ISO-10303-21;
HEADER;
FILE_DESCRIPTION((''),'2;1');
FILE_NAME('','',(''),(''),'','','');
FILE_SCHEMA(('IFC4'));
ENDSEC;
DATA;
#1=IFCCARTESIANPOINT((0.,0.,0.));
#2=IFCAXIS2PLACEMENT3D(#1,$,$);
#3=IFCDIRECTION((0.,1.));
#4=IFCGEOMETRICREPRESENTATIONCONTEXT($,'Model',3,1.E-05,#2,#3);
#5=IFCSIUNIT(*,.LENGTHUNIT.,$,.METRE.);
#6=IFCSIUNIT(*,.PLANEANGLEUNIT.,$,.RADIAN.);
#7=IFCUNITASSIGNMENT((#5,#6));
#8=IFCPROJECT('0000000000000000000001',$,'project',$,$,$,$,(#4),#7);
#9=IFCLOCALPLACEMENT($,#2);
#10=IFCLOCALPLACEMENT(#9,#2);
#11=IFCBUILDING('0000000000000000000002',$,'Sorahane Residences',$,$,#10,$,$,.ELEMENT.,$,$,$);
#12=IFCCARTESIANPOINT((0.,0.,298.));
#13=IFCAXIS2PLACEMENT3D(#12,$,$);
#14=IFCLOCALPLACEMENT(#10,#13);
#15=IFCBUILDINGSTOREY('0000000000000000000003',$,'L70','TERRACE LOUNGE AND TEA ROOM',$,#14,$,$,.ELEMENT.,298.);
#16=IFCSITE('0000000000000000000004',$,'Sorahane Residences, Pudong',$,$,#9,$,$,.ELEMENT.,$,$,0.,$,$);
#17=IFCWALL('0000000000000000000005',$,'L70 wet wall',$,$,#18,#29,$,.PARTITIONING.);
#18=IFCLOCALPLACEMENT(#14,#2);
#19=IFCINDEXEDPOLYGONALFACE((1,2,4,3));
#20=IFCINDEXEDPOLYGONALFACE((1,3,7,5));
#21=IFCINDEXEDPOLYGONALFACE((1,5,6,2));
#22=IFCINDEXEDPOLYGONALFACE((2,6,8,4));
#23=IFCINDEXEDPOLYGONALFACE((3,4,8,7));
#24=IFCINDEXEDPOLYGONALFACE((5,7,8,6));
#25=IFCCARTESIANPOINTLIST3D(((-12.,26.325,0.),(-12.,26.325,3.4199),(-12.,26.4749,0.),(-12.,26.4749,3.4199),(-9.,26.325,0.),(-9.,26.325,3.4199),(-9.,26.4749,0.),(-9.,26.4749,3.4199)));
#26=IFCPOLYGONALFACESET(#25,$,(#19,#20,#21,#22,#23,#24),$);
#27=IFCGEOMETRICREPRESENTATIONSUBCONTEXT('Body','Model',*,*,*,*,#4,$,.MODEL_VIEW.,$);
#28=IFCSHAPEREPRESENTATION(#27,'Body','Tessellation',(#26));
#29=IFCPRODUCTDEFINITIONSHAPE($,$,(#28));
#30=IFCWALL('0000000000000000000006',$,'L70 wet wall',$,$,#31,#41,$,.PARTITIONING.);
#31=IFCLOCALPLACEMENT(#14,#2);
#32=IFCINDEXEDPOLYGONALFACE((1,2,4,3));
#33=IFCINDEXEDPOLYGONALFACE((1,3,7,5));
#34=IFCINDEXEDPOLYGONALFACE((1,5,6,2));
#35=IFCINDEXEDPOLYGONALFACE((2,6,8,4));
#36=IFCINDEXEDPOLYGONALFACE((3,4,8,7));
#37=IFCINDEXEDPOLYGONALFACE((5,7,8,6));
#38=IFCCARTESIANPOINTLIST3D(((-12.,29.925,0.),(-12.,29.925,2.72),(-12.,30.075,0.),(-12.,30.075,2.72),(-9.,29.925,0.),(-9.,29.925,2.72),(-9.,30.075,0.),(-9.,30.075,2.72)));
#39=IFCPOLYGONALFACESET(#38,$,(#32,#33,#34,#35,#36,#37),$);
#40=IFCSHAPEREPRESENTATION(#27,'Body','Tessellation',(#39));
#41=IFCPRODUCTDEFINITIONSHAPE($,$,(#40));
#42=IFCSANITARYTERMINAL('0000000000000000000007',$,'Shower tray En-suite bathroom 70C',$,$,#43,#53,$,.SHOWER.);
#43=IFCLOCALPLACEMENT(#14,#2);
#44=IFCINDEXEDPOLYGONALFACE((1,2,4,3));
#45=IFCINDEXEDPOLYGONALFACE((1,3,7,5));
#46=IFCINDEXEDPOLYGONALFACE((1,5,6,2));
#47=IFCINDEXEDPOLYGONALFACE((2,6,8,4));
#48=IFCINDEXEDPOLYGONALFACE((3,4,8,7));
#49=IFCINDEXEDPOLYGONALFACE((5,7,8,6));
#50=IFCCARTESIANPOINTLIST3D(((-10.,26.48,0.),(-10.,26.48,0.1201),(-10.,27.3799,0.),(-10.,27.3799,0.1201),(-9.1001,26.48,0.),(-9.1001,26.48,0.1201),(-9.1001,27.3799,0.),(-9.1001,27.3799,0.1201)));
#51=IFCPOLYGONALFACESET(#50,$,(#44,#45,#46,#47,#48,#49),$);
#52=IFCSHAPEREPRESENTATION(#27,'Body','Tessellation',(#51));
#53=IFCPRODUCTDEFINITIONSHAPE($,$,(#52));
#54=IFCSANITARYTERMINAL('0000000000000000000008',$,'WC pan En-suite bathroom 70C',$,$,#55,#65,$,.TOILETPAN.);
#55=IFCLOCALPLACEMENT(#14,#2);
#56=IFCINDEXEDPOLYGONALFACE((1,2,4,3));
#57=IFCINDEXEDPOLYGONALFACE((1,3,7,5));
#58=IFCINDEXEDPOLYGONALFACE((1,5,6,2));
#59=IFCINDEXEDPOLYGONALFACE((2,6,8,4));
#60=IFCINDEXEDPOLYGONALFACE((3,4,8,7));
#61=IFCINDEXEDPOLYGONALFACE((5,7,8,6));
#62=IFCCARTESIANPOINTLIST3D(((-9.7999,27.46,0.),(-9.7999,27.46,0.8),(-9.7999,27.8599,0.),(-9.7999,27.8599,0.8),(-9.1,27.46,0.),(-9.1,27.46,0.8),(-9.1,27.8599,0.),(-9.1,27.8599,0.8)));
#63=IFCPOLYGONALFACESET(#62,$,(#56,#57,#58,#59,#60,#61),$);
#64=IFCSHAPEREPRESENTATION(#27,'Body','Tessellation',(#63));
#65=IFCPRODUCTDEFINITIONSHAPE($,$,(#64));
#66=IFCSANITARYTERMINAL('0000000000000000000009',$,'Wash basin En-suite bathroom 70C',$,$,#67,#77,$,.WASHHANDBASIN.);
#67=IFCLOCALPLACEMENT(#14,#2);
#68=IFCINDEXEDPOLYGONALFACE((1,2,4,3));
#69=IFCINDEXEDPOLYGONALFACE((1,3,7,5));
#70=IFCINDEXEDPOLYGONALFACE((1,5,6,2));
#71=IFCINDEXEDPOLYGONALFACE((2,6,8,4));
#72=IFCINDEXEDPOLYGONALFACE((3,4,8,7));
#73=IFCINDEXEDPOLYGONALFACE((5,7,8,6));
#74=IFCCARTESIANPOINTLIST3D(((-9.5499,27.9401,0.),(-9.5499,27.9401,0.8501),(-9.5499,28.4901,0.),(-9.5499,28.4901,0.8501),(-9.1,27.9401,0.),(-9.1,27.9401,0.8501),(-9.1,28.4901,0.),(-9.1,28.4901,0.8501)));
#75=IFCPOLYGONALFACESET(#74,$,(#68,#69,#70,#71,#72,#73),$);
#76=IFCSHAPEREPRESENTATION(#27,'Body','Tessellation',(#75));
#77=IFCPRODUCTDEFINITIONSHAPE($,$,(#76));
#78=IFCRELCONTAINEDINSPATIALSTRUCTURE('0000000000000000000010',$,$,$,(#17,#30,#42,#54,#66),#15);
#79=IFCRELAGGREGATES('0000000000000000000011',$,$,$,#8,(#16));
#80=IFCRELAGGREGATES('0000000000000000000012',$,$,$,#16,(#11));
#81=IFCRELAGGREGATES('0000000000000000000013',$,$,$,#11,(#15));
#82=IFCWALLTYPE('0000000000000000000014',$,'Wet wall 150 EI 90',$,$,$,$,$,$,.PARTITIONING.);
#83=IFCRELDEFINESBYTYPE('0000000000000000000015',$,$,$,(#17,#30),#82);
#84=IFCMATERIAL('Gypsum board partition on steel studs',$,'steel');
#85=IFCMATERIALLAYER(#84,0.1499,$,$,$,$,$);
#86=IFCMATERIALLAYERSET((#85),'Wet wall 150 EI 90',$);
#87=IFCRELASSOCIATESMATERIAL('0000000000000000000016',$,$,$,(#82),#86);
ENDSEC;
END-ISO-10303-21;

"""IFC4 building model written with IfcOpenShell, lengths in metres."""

from ifc_helpers import new_model, si_unit, direction, frame, frame_2d, origin, origin_2d, place, context, subcontext, project, spatial, rectangle, extrude, material, layer, layer_set, type_object, element, save


model = new_model("IFC4")

# Units and contexts
model_context = context("Model", 3, precision=1e-05, world=origin(), true_north=direction((0.0, 1.0)))
body_context = subcontext(model_context, "Body", "Model", "MODEL_VIEW")
ifc_project = project(units=[si_unit("LENGTHUNIT", "METRE"), si_unit("PLANEANGLEUNIT", "RADIAN")], contexts=[model_context])

# Site, building, storey
site_placement = place(None, origin())
site = spatial("IfcSite", under=ifc_project, at=site_placement, Name="Sorahane Residences, Pudong", CompositionType="ELEMENT", RefElevation=0.0)
building_placement = place(site_placement, origin())
building = spatial("IfcBuilding", under=site, at=building_placement, Name="Sorahane Residences", CompositionType="ELEMENT")
storey_placement = place(building_placement, frame((0.0, 0.0, 298.0)))
storey = spatial("IfcBuildingStorey", under=building, at=storey_placement, Name="L70", Description="TERRACE LOUNGE AND TEA ROOM", CompositionType="ELEMENT", Elevation=298.0)

# Shared definitions
ifc_material_1 = material(Name="Gypsum board partition on steel studs", Category="steel")
ifc_layer_1 = layer(ifc_material_1, 0.1499)
ifc_layer_set_1 = layer_set([ifc_layer_1], Name="Wet wall 150 EI 90")
wall_type_1 = type_object("IfcWallType", Name="Wet wall 150 EI 90", PredefinedType="PARTITIONING", material=ifc_layer_set_1)

# Walls
wall_1_placement = place(storey_placement, frame((-12.0, 26.3999, 0.0), z_axis=(0.0, 0.0, 1.0), x_axis=(1.0, 0.0, 0.0)))
element("IfcWall", 1, at=wall_1_placement, inside=storey, type_object=wall_type_1, Name="L70 wet wall", PredefinedType="PARTITIONING", context=body_context, shape_type="SweptSolid", body=[
    extrude(rectangle(XDim=3.0, YDim=0.1499, at=frame_2d((1.5, 0.0))), origin(), (0.0, 0.0, 1.0), 3.4199),
])
wall_2_placement = place(storey_placement, frame((-12.0, 30.0, 0.0), z_axis=(0.0, 0.0, 1.0), x_axis=(1.0, 0.0, 0.0)))
element("IfcWall", 2, at=wall_2_placement, inside=storey, type_object=wall_type_1, Name="L70 wet wall", PredefinedType="PARTITIONING", context=body_context, shape_type="SweptSolid", body=[
    extrude(rectangle(XDim=3.0, YDim=0.1499, at=frame_2d((1.5, 0.0))), origin(), (0.0, 0.0, 1.0), 2.72),
])

# Sanitary terminals
sanitary_terminal_1_placement = place(storey_placement, frame((-9.55, 26.9299, 0.0), z_axis=(0.0, 0.0, 1.0), x_axis=(0.0, -1.0, 0.0)))
element("IfcSanitaryTerminal", 3, at=sanitary_terminal_1_placement, inside=storey, Name="Shower tray En-suite bathroom 70C", PredefinedType="SHOWER", context=body_context, shape_type="SweptSolid", body=[
    extrude(rectangle(XDim=0.8999, YDim=0.8999, at=origin_2d()), origin(), (0.0, 0.0, 1.0), 0.1201),
])
sanitary_terminal_2_placement = place(storey_placement, frame((-9.45, 27.6599, 0.0), z_axis=(0.0, 0.0, 1.0), x_axis=(0.0, -1.0, 0.0)))
element("IfcSanitaryTerminal", 4, at=sanitary_terminal_2_placement, inside=storey, Name="WC pan En-suite bathroom 70C", PredefinedType="TOILETPAN", context=body_context, shape_type="SweptSolid", body=[
    extrude(rectangle(XDim=0.3999, YDim=0.7, at=origin_2d()), origin(), (0.0, 0.0, 1.0), 0.8),
])
sanitary_terminal_3_placement = place(storey_placement, frame((-9.325, 28.2151, 0.0), z_axis=(0.0, 0.0, 1.0), x_axis=(0.0, -1.0, 0.0)))
element("IfcSanitaryTerminal", 5, at=sanitary_terminal_3_placement, inside=storey, Name="Wash basin En-suite bathroom 70C", PredefinedType="WASHHANDBASIN", context=body_context, shape_type="SweptSolid", body=[
    extrude(rectangle(XDim=0.55, YDim=0.45, at=origin_2d()), origin(), (0.0, 0.0, 1.0), 0.8501),
])

save(model, "model.ifc")
